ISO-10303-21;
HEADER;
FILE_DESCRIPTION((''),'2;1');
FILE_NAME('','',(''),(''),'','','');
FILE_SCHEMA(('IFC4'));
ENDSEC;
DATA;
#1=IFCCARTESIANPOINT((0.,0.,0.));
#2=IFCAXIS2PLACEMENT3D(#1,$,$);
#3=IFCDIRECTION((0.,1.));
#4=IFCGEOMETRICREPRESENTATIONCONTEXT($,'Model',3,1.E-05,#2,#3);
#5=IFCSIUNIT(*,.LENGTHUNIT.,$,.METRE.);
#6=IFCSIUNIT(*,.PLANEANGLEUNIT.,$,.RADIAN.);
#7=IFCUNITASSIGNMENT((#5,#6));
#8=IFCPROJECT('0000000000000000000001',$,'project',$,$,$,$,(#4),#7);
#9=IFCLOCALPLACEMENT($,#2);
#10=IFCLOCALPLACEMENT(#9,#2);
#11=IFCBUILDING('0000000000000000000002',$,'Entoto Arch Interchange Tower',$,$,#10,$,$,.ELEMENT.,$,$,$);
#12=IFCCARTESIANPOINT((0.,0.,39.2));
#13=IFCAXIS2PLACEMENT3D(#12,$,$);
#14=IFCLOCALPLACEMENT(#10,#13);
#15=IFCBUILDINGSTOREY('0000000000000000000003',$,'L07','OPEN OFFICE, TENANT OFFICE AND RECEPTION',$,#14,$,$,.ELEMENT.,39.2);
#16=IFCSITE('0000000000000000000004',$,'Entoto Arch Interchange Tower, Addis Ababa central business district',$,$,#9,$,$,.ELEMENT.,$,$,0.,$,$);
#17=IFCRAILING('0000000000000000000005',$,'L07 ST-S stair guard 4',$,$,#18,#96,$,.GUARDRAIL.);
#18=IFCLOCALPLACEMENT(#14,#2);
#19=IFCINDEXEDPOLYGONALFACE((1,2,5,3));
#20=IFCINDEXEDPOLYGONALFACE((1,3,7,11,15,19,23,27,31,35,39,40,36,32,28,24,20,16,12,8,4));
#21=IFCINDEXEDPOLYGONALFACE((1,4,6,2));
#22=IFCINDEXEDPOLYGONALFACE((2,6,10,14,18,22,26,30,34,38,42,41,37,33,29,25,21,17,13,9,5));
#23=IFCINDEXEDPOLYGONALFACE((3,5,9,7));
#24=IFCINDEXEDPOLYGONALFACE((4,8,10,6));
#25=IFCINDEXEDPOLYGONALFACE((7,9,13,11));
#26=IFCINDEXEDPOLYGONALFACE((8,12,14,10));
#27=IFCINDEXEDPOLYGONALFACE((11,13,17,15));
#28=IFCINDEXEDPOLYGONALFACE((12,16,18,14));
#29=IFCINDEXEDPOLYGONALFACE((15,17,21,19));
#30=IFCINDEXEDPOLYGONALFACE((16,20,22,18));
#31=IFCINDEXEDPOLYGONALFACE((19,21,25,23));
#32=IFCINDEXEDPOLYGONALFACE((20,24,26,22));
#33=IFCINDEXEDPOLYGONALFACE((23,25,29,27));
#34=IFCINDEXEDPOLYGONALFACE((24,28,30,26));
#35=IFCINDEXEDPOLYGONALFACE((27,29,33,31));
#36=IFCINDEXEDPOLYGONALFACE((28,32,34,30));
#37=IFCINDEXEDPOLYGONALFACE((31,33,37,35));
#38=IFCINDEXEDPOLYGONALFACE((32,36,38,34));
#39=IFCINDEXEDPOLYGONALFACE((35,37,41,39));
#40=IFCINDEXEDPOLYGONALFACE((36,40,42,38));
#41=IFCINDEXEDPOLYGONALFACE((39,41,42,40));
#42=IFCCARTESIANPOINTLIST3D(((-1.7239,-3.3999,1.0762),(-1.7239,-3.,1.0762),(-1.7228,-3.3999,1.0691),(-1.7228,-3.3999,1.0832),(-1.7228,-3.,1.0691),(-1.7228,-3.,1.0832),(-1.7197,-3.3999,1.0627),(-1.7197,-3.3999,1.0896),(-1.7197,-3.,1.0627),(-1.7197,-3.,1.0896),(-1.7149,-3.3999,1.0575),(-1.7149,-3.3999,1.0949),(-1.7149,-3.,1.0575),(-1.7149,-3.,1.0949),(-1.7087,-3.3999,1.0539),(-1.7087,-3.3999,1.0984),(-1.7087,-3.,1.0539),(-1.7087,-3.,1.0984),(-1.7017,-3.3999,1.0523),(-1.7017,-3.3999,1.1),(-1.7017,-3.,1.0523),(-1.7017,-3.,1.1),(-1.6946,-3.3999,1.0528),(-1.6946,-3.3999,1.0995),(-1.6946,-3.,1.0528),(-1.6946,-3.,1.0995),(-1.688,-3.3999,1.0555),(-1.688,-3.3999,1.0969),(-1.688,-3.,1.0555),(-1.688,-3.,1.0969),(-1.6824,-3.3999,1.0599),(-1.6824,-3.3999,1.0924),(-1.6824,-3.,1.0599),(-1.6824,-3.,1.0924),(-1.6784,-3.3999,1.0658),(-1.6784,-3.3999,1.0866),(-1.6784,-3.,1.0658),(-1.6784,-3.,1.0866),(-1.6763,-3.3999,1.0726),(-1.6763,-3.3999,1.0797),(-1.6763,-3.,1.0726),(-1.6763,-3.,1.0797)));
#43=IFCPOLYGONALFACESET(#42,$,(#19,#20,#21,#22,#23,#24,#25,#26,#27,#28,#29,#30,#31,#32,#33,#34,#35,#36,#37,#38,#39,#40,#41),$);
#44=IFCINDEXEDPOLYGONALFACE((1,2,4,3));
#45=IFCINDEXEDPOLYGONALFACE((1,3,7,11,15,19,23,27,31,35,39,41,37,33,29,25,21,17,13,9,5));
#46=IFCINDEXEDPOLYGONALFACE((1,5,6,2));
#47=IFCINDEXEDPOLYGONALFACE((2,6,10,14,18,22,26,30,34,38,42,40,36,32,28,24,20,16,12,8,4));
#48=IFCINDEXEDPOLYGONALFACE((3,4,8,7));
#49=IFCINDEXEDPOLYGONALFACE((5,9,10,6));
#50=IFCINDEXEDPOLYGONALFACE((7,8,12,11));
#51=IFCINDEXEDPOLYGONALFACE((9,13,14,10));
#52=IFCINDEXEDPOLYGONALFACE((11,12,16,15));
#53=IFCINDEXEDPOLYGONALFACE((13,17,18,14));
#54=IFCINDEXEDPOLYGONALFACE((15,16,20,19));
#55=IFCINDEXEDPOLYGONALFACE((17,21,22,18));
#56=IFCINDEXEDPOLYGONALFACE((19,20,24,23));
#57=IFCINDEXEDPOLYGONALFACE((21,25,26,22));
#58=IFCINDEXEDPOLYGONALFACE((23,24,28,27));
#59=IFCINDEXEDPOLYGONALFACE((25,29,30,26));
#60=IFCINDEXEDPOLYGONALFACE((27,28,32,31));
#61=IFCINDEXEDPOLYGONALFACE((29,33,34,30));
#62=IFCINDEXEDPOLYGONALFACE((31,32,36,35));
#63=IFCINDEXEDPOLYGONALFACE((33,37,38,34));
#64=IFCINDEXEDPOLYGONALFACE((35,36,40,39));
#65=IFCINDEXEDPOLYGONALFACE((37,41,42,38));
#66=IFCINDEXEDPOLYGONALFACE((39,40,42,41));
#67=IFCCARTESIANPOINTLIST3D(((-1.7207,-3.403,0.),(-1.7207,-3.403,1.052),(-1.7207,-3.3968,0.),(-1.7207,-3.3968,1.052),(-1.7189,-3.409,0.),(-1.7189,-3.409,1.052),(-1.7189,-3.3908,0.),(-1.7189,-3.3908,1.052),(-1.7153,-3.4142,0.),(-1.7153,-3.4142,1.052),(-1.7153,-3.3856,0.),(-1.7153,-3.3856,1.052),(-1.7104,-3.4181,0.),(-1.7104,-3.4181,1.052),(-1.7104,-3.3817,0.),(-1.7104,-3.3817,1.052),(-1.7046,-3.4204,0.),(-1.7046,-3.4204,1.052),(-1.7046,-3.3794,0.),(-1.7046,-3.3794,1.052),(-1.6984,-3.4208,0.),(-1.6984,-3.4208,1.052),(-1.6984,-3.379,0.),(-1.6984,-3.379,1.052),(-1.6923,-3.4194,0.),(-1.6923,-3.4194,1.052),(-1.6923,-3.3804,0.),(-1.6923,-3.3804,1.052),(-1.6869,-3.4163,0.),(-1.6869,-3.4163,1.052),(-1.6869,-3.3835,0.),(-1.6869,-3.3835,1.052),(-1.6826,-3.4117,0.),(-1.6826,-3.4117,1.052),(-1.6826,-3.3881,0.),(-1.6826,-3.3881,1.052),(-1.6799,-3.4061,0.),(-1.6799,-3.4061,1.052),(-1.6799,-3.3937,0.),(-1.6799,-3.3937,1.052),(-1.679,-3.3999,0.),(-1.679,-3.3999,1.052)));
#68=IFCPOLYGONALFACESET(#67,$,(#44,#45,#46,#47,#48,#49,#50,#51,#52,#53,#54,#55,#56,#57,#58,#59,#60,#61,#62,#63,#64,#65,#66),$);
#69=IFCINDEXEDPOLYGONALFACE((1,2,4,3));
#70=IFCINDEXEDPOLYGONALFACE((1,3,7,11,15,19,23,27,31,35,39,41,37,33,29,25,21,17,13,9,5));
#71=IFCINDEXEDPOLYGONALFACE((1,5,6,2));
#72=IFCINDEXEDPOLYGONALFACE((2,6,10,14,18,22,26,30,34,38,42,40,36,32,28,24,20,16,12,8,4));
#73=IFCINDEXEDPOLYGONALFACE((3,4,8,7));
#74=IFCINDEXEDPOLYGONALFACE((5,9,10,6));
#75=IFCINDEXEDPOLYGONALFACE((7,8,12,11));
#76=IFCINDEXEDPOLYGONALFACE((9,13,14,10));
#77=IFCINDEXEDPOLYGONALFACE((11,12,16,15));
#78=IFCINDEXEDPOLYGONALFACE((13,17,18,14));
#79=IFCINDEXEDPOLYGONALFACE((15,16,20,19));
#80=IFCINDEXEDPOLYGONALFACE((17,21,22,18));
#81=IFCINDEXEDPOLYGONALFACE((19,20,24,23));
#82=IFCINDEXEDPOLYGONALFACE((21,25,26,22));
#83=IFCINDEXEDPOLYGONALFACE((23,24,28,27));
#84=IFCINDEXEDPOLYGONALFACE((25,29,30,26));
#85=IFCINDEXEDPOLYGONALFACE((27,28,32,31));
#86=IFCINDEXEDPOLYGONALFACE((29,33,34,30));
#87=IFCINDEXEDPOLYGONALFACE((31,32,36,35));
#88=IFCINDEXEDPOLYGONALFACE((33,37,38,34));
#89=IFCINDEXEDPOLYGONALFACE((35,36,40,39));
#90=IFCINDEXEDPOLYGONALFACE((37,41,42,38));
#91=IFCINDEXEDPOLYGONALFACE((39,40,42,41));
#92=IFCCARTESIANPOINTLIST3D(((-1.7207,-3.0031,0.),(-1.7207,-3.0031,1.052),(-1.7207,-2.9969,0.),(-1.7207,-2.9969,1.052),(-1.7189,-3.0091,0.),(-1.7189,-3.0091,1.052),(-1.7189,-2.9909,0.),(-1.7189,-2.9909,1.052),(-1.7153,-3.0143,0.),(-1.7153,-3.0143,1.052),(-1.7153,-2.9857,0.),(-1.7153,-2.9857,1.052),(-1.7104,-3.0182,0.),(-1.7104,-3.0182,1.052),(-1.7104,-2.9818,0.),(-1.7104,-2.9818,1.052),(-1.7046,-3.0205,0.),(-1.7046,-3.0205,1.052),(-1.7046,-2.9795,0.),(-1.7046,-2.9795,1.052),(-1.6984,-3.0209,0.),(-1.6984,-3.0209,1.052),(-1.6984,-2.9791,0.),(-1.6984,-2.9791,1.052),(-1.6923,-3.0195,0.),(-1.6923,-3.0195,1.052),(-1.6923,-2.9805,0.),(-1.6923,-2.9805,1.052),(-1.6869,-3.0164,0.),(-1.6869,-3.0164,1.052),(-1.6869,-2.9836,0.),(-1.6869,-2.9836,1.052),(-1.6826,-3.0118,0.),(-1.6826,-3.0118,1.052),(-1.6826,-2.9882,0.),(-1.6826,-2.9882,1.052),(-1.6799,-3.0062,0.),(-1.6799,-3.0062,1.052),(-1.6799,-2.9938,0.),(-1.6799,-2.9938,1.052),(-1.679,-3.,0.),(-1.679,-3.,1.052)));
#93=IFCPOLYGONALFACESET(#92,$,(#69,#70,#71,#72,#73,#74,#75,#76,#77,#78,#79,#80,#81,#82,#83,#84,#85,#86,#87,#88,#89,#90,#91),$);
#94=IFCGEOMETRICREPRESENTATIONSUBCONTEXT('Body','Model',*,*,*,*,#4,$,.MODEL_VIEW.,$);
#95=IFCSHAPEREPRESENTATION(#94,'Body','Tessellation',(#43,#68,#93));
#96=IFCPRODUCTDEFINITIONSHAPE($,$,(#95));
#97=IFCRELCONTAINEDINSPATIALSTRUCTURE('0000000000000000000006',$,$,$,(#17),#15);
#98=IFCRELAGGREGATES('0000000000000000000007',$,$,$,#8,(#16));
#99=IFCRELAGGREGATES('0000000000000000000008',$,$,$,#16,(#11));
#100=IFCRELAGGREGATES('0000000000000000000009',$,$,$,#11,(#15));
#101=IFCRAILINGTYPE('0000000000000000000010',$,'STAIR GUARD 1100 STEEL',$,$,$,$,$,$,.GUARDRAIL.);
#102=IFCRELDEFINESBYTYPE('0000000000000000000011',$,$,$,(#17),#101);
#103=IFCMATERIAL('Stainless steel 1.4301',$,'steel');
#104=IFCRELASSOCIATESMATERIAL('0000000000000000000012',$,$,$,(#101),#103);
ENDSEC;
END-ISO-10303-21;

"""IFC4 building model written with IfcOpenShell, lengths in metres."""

from ifc_helpers import new_model, si_unit, direction, frame, origin, origin_2d, place, context, subcontext, project, spatial, circle, extrude, material, type_object, element, save


model = new_model("IFC4")

# Units and contexts
model_context = context("Model", 3, precision=1e-05, world=origin(), true_north=direction((0.0, 1.0)))
body_context = subcontext(model_context, "Body", "Model", "MODEL_VIEW")
ifc_project = project(units=[si_unit("LENGTHUNIT", "METRE"), si_unit("PLANEANGLEUNIT", "RADIAN")], contexts=[model_context])

# Site, building, storey
site_placement = place(None, origin())
site = spatial("IfcSite", under=ifc_project, at=site_placement, Name="Entoto Arch Interchange Tower, Addis Ababa central business district", CompositionType="ELEMENT", RefElevation=0.0)
building_placement = place(site_placement, origin())
building = spatial("IfcBuilding", under=site, at=building_placement, Name="Entoto Arch Interchange Tower", CompositionType="ELEMENT")
storey_placement = place(building_placement, frame((0.0, 0.0, 39.2)))
storey = spatial("IfcBuildingStorey", under=building, at=storey_placement, Name="L07", Description="OPEN OFFICE, TENANT OFFICE AND RECEPTION", CompositionType="ELEMENT", Elevation=39.2)

# Railing
ifc_material_1 = material(Name="Stainless steel 1.4301", Category="steel")
railing_type_1 = type_object("IfcRailingType", Name="STAIR GUARD 1100 STEEL", PredefinedType="GUARDRAIL", material=ifc_material_1)
railing_1_placement = place(storey_placement, frame((-1.7, -3.3999, 0.0)))
element("IfcRailing", 1, at=railing_1_placement, inside=storey, type_object=railing_type_1, Name="L07 ST-S stair guard 4", PredefinedType="GUARDRAIL", context=body_context, shape_type="SweptSolid", body=[
    extrude(circle(Radius=0.0239, at=origin_2d()), frame((0.0, 0.0, 1.0762), z_axis=(0.0, 1.0, 0.0), x_axis=(-1.0, 0.0, 0.0)), (0.0, 0.0, 1.0), 0.3999),
    extrude(circle(Radius=0.021, at=origin_2d()), origin(), (0.0, 0.0, 1.0), 1.052),
    extrude(circle(Radius=0.021, at=origin_2d()), frame((0.0, 0.3999, 0.0)), (0.0, 0.0, 1.0), 1.052),
])

save(model, "model.ifc")
